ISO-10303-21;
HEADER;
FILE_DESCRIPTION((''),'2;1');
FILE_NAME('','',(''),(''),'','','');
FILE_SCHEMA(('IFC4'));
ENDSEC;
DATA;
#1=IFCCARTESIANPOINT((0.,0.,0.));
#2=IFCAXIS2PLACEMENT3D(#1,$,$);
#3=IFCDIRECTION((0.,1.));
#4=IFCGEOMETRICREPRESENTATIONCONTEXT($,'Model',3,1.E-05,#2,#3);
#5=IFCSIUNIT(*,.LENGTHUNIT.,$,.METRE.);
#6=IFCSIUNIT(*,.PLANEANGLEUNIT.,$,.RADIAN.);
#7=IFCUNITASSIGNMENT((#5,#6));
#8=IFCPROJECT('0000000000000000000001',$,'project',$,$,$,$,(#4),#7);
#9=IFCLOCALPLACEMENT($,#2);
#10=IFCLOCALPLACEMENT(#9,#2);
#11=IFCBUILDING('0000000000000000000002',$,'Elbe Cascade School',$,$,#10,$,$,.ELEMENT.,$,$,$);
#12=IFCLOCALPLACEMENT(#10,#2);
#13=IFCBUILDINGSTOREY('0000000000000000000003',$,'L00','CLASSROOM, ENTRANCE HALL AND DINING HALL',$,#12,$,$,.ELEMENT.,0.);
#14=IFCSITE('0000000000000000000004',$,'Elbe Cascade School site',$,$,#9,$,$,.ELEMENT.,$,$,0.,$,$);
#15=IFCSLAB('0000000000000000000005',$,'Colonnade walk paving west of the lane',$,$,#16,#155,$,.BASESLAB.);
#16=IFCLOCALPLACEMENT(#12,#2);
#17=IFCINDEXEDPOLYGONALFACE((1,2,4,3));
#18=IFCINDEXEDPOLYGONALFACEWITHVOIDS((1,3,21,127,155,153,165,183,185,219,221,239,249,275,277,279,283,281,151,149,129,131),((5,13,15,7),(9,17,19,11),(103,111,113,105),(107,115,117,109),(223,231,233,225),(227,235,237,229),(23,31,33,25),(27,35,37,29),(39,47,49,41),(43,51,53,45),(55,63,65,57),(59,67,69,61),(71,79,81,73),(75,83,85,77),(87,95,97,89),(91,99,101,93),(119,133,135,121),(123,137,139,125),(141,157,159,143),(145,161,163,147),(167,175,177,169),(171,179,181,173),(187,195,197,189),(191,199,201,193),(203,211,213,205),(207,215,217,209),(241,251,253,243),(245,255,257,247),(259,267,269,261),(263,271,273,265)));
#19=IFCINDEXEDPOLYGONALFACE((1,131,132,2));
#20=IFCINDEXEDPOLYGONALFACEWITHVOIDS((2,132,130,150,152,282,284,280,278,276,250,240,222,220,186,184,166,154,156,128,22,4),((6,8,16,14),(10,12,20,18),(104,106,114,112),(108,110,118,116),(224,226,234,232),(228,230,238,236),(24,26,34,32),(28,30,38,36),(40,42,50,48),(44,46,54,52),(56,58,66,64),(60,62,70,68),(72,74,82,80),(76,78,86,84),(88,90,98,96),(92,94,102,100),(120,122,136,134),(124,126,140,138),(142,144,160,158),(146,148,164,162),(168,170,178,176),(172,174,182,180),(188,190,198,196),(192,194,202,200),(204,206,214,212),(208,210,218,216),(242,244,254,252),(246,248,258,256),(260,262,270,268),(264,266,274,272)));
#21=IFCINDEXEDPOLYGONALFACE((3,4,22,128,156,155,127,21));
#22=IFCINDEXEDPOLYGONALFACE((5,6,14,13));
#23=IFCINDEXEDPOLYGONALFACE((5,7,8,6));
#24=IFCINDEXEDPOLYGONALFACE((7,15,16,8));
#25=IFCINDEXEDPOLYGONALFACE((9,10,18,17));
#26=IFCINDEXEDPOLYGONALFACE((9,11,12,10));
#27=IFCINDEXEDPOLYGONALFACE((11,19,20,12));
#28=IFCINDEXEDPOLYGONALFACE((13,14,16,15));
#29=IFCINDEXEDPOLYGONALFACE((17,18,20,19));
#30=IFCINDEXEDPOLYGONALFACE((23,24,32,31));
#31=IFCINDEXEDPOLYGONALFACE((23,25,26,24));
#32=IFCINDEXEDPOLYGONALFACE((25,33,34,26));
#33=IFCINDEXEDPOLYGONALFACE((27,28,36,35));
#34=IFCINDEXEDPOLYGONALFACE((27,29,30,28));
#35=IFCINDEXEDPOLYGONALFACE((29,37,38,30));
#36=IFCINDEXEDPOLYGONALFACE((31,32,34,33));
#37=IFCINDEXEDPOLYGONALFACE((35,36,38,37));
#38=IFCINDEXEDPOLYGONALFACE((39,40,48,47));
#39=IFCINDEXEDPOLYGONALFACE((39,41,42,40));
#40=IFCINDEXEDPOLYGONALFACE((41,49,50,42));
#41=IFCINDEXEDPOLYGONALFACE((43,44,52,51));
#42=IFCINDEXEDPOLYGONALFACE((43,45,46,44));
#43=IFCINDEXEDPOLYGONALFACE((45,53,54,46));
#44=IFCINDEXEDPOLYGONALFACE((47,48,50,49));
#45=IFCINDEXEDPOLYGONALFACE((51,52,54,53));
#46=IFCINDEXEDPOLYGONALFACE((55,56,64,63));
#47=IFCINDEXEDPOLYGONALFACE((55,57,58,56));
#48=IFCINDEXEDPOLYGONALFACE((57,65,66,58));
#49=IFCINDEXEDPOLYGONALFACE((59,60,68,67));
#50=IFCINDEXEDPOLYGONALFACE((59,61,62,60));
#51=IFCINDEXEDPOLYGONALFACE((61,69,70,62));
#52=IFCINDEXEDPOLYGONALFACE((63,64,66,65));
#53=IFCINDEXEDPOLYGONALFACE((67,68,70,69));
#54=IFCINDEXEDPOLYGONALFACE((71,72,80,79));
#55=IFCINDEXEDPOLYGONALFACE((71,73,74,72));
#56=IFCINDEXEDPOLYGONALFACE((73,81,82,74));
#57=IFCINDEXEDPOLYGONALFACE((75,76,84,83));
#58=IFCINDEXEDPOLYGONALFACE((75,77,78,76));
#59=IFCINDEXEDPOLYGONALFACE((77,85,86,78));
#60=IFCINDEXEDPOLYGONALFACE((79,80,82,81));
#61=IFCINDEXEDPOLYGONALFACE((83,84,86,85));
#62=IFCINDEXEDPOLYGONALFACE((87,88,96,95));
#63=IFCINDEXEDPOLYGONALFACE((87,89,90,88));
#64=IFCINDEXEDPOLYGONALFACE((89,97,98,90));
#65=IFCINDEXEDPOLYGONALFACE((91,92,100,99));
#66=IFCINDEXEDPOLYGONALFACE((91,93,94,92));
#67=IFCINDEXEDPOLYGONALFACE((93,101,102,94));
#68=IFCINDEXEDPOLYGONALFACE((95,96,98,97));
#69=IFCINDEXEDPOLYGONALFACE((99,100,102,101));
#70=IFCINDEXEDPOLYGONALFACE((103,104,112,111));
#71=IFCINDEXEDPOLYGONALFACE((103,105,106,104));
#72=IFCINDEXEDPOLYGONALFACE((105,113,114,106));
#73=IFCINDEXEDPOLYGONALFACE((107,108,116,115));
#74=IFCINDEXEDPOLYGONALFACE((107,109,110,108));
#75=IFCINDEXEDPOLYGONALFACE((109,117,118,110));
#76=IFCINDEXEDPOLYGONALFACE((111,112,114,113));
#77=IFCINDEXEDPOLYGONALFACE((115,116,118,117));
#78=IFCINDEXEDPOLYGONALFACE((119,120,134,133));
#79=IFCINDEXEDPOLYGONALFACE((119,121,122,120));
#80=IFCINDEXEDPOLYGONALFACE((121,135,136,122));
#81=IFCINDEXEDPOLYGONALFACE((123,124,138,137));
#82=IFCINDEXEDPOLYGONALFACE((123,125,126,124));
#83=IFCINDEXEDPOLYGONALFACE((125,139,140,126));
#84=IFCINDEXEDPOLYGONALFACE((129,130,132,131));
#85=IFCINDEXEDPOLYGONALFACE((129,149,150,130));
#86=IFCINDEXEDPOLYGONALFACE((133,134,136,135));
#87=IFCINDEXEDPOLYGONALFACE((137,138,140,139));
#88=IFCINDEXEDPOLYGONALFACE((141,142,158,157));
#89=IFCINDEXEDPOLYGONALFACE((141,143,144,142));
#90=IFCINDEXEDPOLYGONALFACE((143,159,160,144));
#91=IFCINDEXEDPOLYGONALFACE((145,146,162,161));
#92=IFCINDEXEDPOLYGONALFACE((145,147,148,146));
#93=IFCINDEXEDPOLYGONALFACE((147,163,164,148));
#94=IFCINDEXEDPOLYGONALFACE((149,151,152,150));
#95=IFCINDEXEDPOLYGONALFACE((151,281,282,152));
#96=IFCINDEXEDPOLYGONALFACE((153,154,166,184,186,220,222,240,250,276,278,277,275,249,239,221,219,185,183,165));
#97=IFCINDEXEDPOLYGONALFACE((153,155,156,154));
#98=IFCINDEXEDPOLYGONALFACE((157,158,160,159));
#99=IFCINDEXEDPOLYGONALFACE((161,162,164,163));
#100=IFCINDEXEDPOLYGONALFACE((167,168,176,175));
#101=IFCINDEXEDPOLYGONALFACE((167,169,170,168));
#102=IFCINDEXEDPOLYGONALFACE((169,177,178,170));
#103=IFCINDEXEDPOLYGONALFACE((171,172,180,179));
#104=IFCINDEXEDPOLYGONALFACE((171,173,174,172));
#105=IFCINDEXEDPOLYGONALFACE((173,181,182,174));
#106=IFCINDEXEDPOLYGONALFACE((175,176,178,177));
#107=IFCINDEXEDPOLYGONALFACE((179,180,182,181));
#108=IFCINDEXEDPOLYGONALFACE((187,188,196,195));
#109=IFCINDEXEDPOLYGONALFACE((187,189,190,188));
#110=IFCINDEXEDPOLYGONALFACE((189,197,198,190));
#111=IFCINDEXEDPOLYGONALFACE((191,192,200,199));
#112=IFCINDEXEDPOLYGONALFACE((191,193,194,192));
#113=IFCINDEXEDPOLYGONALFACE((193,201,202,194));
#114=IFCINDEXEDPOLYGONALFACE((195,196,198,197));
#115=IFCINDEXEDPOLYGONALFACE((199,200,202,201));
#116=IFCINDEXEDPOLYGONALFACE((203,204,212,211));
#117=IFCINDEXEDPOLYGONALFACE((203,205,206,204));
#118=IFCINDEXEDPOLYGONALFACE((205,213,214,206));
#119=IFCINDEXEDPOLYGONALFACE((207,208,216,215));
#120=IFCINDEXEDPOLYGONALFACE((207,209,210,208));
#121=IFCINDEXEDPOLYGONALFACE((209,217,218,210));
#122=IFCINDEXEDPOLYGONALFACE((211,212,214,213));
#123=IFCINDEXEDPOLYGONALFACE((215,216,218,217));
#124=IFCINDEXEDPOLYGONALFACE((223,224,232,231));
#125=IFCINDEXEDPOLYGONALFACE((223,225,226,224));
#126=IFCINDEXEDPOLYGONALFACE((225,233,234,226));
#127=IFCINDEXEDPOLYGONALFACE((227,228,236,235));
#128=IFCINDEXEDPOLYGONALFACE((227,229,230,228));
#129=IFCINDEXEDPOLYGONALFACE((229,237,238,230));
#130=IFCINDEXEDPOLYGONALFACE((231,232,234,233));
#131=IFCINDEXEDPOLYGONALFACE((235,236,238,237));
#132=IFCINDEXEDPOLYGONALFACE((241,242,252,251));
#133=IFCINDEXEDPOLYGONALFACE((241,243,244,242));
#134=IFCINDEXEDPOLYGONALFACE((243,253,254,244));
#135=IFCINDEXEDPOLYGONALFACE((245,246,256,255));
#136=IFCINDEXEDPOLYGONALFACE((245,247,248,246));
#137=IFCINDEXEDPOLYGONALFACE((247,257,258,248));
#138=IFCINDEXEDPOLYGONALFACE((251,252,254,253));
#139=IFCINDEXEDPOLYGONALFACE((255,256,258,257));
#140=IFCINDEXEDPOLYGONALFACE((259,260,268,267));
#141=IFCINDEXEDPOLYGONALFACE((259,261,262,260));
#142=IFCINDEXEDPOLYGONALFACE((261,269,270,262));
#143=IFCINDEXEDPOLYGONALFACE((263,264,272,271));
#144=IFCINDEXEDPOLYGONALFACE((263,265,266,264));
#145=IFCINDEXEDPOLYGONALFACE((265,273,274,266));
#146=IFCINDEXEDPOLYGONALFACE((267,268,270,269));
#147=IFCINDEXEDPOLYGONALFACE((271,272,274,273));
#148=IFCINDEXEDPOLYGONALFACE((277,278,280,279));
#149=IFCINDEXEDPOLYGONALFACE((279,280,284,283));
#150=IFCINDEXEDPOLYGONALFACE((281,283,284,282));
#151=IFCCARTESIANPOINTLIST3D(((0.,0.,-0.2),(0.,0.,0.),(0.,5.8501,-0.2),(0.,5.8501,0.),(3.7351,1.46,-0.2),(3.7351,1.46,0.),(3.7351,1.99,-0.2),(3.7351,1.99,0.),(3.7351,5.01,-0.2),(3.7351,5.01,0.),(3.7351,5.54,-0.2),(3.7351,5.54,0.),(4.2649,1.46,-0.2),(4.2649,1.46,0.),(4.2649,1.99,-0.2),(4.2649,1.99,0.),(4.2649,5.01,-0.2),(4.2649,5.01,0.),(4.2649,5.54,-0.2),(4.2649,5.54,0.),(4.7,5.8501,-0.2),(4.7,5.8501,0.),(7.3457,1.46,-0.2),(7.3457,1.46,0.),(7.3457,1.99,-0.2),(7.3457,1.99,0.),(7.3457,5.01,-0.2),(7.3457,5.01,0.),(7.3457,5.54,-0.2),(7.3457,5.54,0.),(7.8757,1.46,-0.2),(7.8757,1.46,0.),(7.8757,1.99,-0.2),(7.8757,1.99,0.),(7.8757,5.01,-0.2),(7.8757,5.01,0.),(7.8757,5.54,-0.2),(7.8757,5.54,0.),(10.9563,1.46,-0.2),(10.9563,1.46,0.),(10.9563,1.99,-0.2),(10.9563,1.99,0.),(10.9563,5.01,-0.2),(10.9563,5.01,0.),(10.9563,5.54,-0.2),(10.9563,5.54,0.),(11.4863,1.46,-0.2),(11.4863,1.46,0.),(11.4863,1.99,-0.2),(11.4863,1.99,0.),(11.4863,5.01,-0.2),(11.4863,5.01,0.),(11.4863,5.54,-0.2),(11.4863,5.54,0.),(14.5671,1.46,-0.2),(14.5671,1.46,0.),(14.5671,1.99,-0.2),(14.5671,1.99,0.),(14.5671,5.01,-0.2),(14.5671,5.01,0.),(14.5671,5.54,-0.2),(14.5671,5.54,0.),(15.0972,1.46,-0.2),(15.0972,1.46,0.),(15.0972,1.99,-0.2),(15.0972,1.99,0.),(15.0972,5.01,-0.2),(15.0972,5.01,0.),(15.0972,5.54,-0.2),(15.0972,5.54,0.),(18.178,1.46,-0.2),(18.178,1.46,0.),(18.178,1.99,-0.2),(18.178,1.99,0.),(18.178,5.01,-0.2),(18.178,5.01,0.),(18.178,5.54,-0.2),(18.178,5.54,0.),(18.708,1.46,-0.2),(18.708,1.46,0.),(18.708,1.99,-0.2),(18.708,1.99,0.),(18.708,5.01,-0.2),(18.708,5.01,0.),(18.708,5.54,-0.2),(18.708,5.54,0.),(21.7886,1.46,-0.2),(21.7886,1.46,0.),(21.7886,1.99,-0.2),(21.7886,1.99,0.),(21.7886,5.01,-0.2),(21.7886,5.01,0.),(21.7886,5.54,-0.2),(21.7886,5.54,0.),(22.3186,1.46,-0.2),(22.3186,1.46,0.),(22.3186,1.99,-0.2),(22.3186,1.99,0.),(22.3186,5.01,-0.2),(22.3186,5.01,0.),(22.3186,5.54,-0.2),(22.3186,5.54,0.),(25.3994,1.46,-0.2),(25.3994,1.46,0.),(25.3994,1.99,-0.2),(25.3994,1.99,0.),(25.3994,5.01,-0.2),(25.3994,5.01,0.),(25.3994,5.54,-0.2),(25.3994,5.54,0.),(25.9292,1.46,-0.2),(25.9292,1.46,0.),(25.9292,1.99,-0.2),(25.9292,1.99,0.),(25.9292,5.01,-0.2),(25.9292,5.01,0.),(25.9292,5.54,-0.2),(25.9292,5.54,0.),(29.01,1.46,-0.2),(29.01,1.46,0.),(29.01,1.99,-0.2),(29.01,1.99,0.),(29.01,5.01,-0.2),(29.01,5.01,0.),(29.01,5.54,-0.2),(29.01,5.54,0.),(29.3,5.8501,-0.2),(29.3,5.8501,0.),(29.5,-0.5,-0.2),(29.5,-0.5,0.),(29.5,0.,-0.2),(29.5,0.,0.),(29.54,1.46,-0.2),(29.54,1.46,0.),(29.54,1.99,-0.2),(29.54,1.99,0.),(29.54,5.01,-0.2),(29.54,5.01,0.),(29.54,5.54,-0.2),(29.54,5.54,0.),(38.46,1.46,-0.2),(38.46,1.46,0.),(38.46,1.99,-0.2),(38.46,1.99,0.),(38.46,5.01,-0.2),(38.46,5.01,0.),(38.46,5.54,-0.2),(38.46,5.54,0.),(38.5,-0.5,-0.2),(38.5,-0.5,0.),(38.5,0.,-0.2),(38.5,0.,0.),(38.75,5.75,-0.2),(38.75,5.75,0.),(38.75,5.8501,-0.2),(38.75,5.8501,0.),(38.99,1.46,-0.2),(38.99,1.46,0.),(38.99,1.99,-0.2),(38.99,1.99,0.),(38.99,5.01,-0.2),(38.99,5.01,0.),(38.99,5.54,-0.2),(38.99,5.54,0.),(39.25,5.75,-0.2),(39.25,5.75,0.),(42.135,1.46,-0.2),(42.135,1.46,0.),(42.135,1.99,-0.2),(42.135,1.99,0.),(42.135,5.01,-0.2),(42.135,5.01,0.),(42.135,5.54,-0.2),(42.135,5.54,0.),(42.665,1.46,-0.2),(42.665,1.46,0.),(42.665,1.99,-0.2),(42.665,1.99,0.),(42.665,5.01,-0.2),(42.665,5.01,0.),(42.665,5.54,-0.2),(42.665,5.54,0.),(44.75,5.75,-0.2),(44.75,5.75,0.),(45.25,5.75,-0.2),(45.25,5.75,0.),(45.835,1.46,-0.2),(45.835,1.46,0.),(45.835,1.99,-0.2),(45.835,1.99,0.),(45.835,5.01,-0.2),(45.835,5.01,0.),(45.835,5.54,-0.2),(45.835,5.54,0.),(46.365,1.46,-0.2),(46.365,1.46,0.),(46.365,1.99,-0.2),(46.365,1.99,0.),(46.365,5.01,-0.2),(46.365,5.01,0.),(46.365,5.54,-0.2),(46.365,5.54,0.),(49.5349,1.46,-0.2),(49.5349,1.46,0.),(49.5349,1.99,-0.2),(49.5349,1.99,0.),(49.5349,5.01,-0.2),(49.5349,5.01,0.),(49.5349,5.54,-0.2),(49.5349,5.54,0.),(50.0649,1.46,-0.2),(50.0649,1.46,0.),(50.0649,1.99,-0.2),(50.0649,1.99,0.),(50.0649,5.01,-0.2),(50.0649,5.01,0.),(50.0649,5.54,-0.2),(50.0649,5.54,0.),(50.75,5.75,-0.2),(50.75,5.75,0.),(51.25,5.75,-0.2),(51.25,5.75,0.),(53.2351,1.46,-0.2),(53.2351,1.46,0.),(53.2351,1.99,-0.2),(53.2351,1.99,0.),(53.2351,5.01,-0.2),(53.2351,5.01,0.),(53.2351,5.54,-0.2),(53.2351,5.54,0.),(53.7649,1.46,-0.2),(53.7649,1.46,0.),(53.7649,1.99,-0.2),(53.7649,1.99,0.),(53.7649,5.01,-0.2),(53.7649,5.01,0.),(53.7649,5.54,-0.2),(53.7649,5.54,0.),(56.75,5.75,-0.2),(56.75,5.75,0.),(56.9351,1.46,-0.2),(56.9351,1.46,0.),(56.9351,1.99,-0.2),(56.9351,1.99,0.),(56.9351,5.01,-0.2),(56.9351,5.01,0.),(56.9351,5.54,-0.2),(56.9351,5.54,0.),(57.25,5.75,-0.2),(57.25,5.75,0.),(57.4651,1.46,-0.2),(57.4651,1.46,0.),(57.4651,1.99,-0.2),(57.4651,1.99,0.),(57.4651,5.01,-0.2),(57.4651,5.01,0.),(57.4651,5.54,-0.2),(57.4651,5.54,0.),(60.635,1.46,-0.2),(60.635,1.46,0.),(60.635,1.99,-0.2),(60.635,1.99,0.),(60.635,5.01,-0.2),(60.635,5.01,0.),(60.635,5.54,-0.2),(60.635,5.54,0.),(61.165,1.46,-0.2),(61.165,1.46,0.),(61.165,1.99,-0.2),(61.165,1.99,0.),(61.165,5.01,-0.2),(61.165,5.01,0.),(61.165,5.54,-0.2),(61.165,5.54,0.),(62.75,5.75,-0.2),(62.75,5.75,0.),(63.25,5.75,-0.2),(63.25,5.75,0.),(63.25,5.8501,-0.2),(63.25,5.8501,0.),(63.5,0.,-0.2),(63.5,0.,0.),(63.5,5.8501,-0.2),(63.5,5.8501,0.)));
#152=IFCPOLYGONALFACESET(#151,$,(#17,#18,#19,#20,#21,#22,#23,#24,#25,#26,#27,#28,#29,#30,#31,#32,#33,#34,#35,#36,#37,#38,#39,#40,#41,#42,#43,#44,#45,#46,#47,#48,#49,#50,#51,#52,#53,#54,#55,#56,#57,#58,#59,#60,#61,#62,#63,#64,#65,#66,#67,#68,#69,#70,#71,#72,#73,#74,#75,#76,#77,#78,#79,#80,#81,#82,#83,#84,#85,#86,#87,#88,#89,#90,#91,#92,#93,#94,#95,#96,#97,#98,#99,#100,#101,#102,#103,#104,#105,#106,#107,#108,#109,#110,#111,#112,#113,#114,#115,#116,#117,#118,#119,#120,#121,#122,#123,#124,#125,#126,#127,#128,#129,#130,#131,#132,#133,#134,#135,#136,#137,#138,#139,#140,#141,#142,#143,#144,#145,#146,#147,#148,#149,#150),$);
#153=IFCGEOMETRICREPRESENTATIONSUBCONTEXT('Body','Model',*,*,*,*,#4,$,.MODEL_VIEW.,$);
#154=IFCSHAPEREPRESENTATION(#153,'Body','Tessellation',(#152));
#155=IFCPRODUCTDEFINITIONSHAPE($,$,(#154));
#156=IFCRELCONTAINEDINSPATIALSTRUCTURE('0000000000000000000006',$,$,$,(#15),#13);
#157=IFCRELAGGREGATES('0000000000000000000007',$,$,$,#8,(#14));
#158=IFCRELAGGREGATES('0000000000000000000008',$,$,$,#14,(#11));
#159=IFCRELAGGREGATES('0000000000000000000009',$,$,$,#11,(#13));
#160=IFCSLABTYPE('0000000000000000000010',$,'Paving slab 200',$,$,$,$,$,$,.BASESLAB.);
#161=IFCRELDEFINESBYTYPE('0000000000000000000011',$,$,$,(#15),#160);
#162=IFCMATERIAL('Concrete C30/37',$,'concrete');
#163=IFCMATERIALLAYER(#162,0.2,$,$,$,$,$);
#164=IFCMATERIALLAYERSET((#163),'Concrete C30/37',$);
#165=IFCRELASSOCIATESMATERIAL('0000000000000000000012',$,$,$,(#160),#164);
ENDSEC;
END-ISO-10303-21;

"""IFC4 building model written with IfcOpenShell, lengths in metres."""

from ifc_helpers import new_model, si_unit, direction, frame, origin, place, context, subcontext, project, spatial, polyline, outline, extrude, material, layer, layer_set, type_object, element, save


model = new_model("IFC4")

# Units and contexts
model_context = context("Model", 3, precision=1e-05, world=origin(), true_north=direction((0.0, 1.0)))
body_context = subcontext(model_context, "Body", "Model", "MODEL_VIEW")
ifc_project = project(units=[si_unit("LENGTHUNIT", "METRE"), si_unit("PLANEANGLEUNIT", "RADIAN")], contexts=[model_context])

# Site, building, storey
site_placement = place(None, origin())
site = spatial("IfcSite", under=ifc_project, at=site_placement, Name="Elbe Cascade School site", CompositionType="ELEMENT", RefElevation=0.0)
building_placement = place(site_placement, origin())
building = spatial("IfcBuilding", under=site, at=building_placement, Name="Elbe Cascade School", CompositionType="ELEMENT")
storey_placement = place(building_placement, origin())
storey = spatial("IfcBuildingStorey", under=building, at=storey_placement, Name="L00", Description="CLASSROOM, ENTRANCE HALL AND DINING HALL", CompositionType="ELEMENT", Elevation=0.0)

# Slab
ifc_material_1 = material(Name="Concrete C30/37", Category="concrete")
ifc_layer_1 = layer(ifc_material_1, 0.2)
ifc_layer_set_1 = layer_set([ifc_layer_1], Name="Concrete C30/37")
slab_type_1 = type_object("IfcSlabType", Name="Paving slab 200", PredefinedType="BASESLAB", material=ifc_layer_set_1)
slab_1_placement = place(storey_placement, frame((0.0, 0.0, -0.2)))
element("IfcSlab", 1, at=slab_1_placement, inside=storey, type_object=slab_type_1, Name="Colonnade walk paving west of the lane", PredefinedType="BASESLAB", context=body_context, shape_type="SweptSolid", body=[
    extrude(outline(polyline([(38.5, 0.0), (63.5, 0.0), (63.5, 5.8501), (63.25, 5.8501), (63.25, 5.75), (62.75, 5.75), (57.25, 5.75), (56.75, 5.75), (51.25, 5.75), (50.75, 5.75), (45.25, 5.75), (44.75, 5.75), (39.25, 5.75), (38.75, 5.75), (38.75, 5.8501), (29.3, 5.8501), (4.7, 5.8501), (0.0, 5.8501), (0.0, 0.0), (29.5, 0.0), (29.5, -0.5), (38.5, -0.5), (38.5, 0.0)]), holes=[polyline([(3.7351, 1.46), (3.7351, 1.99), (4.2649, 1.99), (4.2649, 1.46), (3.7351, 1.46)]), polyline([(3.7351, 5.54), (4.2649, 5.54), (4.2649, 5.01), (3.7351, 5.01), (3.7351, 5.54)]), polyline([(7.8757, 1.99), (7.8757, 1.46), (7.3457, 1.46), (7.3457, 1.99), (7.8757, 1.99)]), polyline([(7.8757, 5.01), (7.3457, 5.01), (7.3457, 5.54), (7.8757, 5.54), (7.8757, 5.01)]), polyline([(10.9563, 1.46), (10.9563, 1.99), (11.4863, 1.99), (11.4863, 1.46), (10.9563, 1.46)]), polyline([(10.9563, 5.54), (11.4863, 5.54), (11.4863, 5.01), (10.9563, 5.01), (10.9563, 5.54)]), polyline([(15.0972, 1.99), (15.0972, 1.46), (14.5671, 1.46), (14.5671, 1.99), (15.0972, 1.99)]), polyline([(15.0972, 5.01), (14.5671, 5.01), (14.5671, 5.54), (15.0972, 5.54), (15.0972, 5.01)]), polyline([(18.178, 1.46), (18.178, 1.99), (18.708, 1.99), (18.708, 1.46), (18.178, 1.46)]), polyline([(18.178, 5.54), (18.708, 5.54), (18.708, 5.01), (18.178, 5.01), (18.178, 5.54)]), polyline([(22.3186, 1.99), (22.3186, 1.46), (21.7886, 1.46), (21.7886, 1.99), (22.3186, 1.99)]), polyline([(22.3186, 5.01), (21.7886, 5.01), (21.7886, 5.54), (22.3186, 5.54), (22.3186, 5.01)]), polyline([(25.3994, 1.46), (25.3994, 1.99), (25.9292, 1.99), (25.9292, 1.46), (25.3994, 1.46)]), polyline([(25.3994, 5.54), (25.9292, 5.54), (25.9292, 5.01), (25.3994, 5.01), (25.3994, 5.54)]), polyline([(29.54, 1.99), (29.54, 1.46), (29.01, 1.46), (29.01, 1.99), (29.54, 1.99)]), polyline([(29.54, 5.01), (29.01, 5.01), (29.01, 5.54), (29.54, 5.54), (29.54, 5.01)]), polyline([(38.46, 1.46), (38.46, 1.99), (38.99, 1.99), (38.99, 1.46), (38.46, 1.46)]), polyline([(38.46, 5.54), (38.99, 5.54), (38.99, 5.01), (38.46, 5.01), (38.46, 5.54)]), polyline([(42.665, 1.99), (42.665, 1.46), (42.135, 1.46), (42.135, 1.99), (42.665, 1.99)]), polyline([(42.665, 5.01), (42.135, 5.01), (42.135, 5.54), (42.665, 5.54), (42.665, 5.01)]), polyline([(45.835, 1.46), (45.835, 1.99), (46.365, 1.99), (46.365, 1.46), (45.835, 1.46)]), polyline([(45.835, 5.54), (46.365, 5.54), (46.365, 5.01), (45.835, 5.01), (45.835, 5.54)]), polyline([(50.0649, 1.99), (50.0649, 1.46), (49.5349, 1.46), (49.5349, 1.99), (50.0649, 1.99)]), polyline([(50.0649, 5.01), (49.5349, 5.01), (49.5349, 5.54), (50.0649, 5.54), (50.0649, 5.01)]), polyline([(53.2351, 1.46), (53.2351, 1.99), (53.7649, 1.99), (53.7649, 1.46), (53.2351, 1.46)]), polyline([(53.2351, 5.54), (53.7649, 5.54), (53.7649, 5.01), (53.2351, 5.01), (53.2351, 5.54)]), polyline([(57.4651, 1.99), (57.4651, 1.46), (56.9351, 1.46), (56.9351, 1.99), (57.4651, 1.99)]), polyline([(57.4651, 5.01), (56.9351, 5.01), (56.9351, 5.54), (57.4651, 5.54), (57.4651, 5.01)]), polyline([(60.635, 1.46), (60.635, 1.99), (61.165, 1.99), (61.165, 1.46), (60.635, 1.46)]), polyline([(60.635, 5.54), (61.165, 5.54), (61.165, 5.01), (60.635, 5.01), (60.635, 5.54)])]), origin(), (0.0, 0.0, 1.0), 0.2),
])

save(model, "model.ifc")
